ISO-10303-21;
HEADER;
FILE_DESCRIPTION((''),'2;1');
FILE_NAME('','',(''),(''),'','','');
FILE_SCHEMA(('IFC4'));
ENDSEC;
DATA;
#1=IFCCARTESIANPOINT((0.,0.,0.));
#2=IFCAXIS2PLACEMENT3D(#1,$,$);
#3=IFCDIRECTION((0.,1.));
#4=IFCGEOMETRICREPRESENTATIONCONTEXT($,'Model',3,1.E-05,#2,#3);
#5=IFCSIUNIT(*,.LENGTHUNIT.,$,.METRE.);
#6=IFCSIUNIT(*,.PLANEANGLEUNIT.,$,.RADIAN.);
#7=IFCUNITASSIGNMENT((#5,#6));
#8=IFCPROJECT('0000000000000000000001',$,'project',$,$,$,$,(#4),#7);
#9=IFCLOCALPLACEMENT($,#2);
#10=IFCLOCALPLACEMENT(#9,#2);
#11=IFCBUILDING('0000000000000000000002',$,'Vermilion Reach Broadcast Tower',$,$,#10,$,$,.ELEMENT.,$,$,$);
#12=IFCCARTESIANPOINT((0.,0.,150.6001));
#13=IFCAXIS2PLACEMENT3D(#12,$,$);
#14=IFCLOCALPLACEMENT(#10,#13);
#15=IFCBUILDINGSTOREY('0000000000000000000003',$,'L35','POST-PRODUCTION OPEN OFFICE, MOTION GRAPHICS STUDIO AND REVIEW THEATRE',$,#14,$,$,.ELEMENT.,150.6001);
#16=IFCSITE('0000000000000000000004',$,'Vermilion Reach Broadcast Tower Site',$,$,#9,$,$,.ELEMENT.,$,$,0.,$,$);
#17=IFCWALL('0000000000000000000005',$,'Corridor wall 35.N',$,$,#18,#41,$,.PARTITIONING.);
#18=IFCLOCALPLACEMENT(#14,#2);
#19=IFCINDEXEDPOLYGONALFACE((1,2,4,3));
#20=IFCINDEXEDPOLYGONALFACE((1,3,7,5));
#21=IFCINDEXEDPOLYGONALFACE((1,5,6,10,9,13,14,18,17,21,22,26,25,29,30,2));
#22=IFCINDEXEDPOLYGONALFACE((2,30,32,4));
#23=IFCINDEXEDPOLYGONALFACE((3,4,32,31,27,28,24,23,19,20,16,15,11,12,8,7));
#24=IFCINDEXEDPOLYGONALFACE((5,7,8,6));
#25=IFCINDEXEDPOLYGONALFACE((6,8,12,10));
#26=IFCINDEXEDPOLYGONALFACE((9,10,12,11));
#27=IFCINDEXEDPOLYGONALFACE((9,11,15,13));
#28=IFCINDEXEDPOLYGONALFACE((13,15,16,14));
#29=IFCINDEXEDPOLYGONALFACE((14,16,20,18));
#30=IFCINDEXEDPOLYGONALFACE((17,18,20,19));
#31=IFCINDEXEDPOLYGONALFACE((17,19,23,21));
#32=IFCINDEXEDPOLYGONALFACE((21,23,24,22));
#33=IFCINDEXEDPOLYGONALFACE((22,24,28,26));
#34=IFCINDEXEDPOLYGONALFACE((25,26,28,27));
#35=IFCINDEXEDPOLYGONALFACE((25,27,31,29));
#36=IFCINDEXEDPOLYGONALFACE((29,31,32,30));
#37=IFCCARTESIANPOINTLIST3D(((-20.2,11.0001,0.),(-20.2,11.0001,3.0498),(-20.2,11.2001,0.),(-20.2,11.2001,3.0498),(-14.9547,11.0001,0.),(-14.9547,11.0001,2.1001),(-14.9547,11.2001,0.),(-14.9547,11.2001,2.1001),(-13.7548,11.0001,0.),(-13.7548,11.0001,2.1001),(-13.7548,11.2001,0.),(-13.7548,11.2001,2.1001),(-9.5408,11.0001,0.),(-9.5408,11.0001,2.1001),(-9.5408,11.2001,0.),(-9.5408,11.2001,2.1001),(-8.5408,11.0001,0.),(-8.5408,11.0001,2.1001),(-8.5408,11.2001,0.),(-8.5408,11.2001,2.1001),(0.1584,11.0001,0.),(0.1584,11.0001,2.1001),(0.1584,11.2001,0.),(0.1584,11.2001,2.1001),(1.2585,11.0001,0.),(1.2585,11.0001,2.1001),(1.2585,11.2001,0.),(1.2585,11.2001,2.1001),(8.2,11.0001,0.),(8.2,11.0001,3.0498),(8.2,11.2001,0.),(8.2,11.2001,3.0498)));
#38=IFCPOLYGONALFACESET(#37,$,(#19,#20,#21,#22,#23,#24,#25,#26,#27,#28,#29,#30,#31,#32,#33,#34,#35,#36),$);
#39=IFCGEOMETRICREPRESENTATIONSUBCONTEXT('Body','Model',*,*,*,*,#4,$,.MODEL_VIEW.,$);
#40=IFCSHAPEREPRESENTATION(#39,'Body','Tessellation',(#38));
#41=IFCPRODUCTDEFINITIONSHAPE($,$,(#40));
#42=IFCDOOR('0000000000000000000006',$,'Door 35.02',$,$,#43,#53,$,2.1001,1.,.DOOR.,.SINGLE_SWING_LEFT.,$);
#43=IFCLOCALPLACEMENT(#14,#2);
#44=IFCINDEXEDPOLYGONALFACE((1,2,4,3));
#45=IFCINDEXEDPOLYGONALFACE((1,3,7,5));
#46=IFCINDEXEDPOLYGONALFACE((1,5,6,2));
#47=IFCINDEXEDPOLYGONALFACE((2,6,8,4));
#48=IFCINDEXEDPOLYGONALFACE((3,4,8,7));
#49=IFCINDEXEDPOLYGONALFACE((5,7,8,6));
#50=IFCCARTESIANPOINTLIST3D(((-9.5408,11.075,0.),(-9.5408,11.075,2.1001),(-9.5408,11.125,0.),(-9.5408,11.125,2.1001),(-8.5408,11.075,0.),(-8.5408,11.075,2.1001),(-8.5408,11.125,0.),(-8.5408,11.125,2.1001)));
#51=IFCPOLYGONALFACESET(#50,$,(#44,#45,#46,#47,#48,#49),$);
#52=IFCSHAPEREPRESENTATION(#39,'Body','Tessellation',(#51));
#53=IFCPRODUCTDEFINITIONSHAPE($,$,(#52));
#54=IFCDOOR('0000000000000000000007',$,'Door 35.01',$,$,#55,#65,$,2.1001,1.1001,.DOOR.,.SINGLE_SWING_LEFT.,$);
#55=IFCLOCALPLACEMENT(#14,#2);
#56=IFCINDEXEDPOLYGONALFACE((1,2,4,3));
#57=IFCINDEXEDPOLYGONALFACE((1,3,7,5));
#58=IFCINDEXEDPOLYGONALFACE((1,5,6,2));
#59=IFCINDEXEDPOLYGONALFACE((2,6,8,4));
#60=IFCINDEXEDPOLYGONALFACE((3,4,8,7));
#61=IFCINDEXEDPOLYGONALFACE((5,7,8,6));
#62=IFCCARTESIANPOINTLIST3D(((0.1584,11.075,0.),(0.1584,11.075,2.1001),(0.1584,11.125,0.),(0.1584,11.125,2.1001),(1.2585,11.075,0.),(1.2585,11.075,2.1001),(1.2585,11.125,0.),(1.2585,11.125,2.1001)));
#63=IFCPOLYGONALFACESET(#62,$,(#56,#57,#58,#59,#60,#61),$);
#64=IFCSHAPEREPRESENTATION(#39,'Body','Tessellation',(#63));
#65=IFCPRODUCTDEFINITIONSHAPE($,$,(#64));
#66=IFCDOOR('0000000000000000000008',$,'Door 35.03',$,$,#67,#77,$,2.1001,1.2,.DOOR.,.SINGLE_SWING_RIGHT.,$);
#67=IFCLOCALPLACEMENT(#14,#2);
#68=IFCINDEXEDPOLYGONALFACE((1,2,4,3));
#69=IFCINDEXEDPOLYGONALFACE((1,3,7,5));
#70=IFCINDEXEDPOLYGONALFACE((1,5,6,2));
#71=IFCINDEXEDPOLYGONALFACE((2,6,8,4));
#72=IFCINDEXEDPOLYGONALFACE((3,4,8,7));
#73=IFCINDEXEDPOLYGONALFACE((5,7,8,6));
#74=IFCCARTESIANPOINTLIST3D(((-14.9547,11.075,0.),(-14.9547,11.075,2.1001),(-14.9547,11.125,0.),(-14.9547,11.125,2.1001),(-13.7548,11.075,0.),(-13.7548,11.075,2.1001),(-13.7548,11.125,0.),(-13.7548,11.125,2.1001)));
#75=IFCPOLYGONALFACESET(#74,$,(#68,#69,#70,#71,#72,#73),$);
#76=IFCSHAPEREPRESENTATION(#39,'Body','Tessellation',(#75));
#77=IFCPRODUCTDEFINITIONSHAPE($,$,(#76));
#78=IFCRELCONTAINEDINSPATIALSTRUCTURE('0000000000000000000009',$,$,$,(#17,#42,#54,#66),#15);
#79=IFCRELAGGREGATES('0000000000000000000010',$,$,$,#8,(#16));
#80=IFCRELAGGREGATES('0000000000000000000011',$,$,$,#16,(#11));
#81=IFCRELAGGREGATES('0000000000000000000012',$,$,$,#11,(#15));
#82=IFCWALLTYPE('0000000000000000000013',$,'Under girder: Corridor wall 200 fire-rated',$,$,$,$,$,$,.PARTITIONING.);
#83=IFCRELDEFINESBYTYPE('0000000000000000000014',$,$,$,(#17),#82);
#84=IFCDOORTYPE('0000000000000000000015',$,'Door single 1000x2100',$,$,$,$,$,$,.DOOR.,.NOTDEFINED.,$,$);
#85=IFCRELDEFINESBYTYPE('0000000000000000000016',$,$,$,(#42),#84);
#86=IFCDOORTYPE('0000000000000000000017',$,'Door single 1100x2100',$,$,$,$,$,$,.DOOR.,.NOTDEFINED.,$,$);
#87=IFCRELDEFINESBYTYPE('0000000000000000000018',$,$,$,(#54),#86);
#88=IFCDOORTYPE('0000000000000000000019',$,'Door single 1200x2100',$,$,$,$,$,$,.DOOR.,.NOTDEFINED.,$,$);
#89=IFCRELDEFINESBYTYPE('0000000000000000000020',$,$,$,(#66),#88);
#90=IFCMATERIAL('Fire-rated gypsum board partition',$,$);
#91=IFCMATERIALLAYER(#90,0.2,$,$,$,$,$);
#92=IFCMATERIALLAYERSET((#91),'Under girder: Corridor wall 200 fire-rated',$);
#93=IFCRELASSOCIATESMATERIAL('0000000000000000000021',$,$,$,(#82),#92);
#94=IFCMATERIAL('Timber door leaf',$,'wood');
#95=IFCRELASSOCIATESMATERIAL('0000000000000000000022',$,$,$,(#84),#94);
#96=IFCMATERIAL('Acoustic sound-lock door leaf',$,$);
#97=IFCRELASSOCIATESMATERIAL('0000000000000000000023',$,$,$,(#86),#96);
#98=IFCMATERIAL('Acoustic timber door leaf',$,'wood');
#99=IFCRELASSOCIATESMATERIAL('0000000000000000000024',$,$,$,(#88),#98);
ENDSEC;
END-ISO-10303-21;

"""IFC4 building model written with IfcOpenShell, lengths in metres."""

from ifc_helpers import new_model, si_unit, direction, frame, frame_2d, origin, place, context, subcontext, project, spatial, rectangle, extrude, material, layer, layer_set, type_object, element, fill, save


model = new_model("IFC4")

# Units and contexts
model_context = context("Model", 3, precision=1e-05, world=origin(), true_north=direction((0.0, 1.0)))
body_context = subcontext(model_context, "Body", "Model", "MODEL_VIEW")
ifc_project = project(units=[si_unit("LENGTHUNIT", "METRE"), si_unit("PLANEANGLEUNIT", "RADIAN")], contexts=[model_context])

# Site, building, storey
site_placement = place(None, origin())
site = spatial("IfcSite", under=ifc_project, at=site_placement, Name="Vermilion Reach Broadcast Tower Site", CompositionType="ELEMENT", RefElevation=0.0)
building_placement = place(site_placement, origin())
building = spatial("IfcBuilding", under=site, at=building_placement, Name="Vermilion Reach Broadcast Tower", CompositionType="ELEMENT")
storey_placement = place(building_placement, frame((0.0, 0.0, 150.6001)))
storey = spatial("IfcBuildingStorey", under=building, at=storey_placement, Name="L35", Description="POST-PRODUCTION OPEN OFFICE, MOTION GRAPHICS STUDIO AND REVIEW THEATRE", CompositionType="ELEMENT", Elevation=150.6001)

# Wall, openings, doors
ifc_material_1 = material(Name="Fire-rated gypsum board partition")
ifc_layer_1 = layer(ifc_material_1, 0.2)
ifc_layer_set_1 = layer_set([ifc_layer_1], Name="Under girder: Corridor wall 200 fire-rated")
wall_type_1 = type_object("IfcWallType", Name="Under girder: Corridor wall 200 fire-rated", PredefinedType="PARTITIONING", material=ifc_layer_set_1)
wall_1_placement = place(storey_placement, frame((-20.2, 11.1001, 0.0), z_axis=(0.0, 0.0, 1.0), x_axis=(1.0, 0.0, 0.0)))
wall_1 = element("IfcWall", 1, at=wall_1_placement, inside=storey, type_object=wall_type_1, Name="Corridor wall 35.N", PredefinedType="PARTITIONING", context=body_context, shape_type="SweptSolid", body=[
    extrude(rectangle(XDim=28.3999, YDim=0.2, at=frame_2d((14.2, 0.0))), origin(), (0.0, 0.0, 1.0), 3.0498),
])
opening_1_placement = place(wall_1_placement, frame((20.3584, 0.0, 0.0)))
opening_1 = element("IfcOpeningElement", 2, at=opening_1_placement, cuts=wall_1, PredefinedType="OPENING", context=body_context, shape_type="SweptSolid", body=[
    extrude(rectangle(XDim=1.1001, YDim=2.1001, at=frame_2d((0.55, 1.05))), frame((0.0, 0.1099, 0.0), z_axis=(0.0, -1.0, 0.0), x_axis=(1.0, 0.0, 0.0)), (0.0, 0.0, 1.0), 0.22),
])
opening_2_placement = place(wall_1_placement, frame((10.6592, 0.0, 0.0)))
opening_2 = element("IfcOpeningElement", 3, at=opening_2_placement, cuts=wall_1, PredefinedType="OPENING", context=body_context, shape_type="SweptSolid", body=[
    extrude(rectangle(XDim=1.0, YDim=2.1001, at=frame_2d((0.5, 1.05))), frame((0.0, 0.1099, 0.0), z_axis=(0.0, -1.0, 0.0), x_axis=(1.0, 0.0, 0.0)), (0.0, 0.0, 1.0), 0.22),
])
opening_3_placement = place(wall_1_placement, frame((5.2451, 0.0, 0.0)))
opening_3 = element("IfcOpeningElement", 4, at=opening_3_placement, cuts=wall_1, PredefinedType="OPENING", context=body_context, shape_type="SweptSolid", body=[
    extrude(rectangle(XDim=1.2, YDim=2.1001, at=frame_2d((0.6001, 1.05))), frame((0.0, 0.1099, 0.0), z_axis=(0.0, -1.0, 0.0), x_axis=(1.0, 0.0, 0.0)), (0.0, 0.0, 1.0), 0.22),
])
ifc_material_2 = material(Name="Timber door leaf", Category="wood")
door_type_1 = type_object("IfcDoorType", Name="Door single 1000x2100", OperationType="NOTDEFINED", PredefinedType="DOOR", material=ifc_material_2)
door_1_placement = place(opening_2_placement, origin())
door_1 = element("IfcDoor", 5, at=door_1_placement, inside=storey, type_object=door_type_1, Name="Door 35.02", OperationType="SINGLE_SWING_LEFT", OverallHeight=2.1001, OverallWidth=1.0, PredefinedType="DOOR", context=body_context, shape_type="SweptSolid", body=[
    extrude(rectangle(XDim=1.0, YDim=2.1001, at=frame_2d((0.5, 1.05))), frame((0.0, 0.0249, 0.0), z_axis=(0.0, -1.0, 0.0), x_axis=(1.0, 0.0, 0.0)), (0.0, 0.0, 1.0), 0.05),
])
fill(opening_2, door_1)
ifc_material_3 = material(Name="Acoustic sound-lock door leaf")
door_type_2 = type_object("IfcDoorType", Name="Door single 1100x2100", OperationType="NOTDEFINED", PredefinedType="DOOR", material=ifc_material_3)
door_2_placement = place(opening_1_placement, origin())
door_2 = element("IfcDoor", 6, at=door_2_placement, inside=storey, type_object=door_type_2, Name="Door 35.01", OperationType="SINGLE_SWING_LEFT", OverallHeight=2.1001, OverallWidth=1.1001, PredefinedType="DOOR", context=body_context, shape_type="SweptSolid", body=[
    extrude(rectangle(XDim=1.1001, YDim=2.1001, at=frame_2d((0.55, 1.05))), frame((0.0, 0.0249, 0.0), z_axis=(0.0, -1.0, 0.0), x_axis=(1.0, 0.0, 0.0)), (0.0, 0.0, 1.0), 0.05),
])
fill(opening_1, door_2)
ifc_material_4 = material(Name="Acoustic timber door leaf", Category="wood")
door_type_3 = type_object("IfcDoorType", Name="Door single 1200x2100", OperationType="NOTDEFINED", PredefinedType="DOOR", material=ifc_material_4)
door_3_placement = place(opening_3_placement, origin())
door_3 = element("IfcDoor", 7, at=door_3_placement, inside=storey, type_object=door_type_3, Name="Door 35.03", OperationType="SINGLE_SWING_RIGHT", OverallHeight=2.1001, OverallWidth=1.2, PredefinedType="DOOR", context=body_context, shape_type="SweptSolid", body=[
    extrude(rectangle(XDim=1.2, YDim=2.1001, at=frame_2d((0.6001, 1.05))), frame((0.0, 0.0249, 0.0), z_axis=(0.0, -1.0, 0.0), x_axis=(1.0, 0.0, 0.0)), (0.0, 0.0, 1.0), 0.05),
])
fill(opening_3, door_3)

save(model, "model.ifc")
